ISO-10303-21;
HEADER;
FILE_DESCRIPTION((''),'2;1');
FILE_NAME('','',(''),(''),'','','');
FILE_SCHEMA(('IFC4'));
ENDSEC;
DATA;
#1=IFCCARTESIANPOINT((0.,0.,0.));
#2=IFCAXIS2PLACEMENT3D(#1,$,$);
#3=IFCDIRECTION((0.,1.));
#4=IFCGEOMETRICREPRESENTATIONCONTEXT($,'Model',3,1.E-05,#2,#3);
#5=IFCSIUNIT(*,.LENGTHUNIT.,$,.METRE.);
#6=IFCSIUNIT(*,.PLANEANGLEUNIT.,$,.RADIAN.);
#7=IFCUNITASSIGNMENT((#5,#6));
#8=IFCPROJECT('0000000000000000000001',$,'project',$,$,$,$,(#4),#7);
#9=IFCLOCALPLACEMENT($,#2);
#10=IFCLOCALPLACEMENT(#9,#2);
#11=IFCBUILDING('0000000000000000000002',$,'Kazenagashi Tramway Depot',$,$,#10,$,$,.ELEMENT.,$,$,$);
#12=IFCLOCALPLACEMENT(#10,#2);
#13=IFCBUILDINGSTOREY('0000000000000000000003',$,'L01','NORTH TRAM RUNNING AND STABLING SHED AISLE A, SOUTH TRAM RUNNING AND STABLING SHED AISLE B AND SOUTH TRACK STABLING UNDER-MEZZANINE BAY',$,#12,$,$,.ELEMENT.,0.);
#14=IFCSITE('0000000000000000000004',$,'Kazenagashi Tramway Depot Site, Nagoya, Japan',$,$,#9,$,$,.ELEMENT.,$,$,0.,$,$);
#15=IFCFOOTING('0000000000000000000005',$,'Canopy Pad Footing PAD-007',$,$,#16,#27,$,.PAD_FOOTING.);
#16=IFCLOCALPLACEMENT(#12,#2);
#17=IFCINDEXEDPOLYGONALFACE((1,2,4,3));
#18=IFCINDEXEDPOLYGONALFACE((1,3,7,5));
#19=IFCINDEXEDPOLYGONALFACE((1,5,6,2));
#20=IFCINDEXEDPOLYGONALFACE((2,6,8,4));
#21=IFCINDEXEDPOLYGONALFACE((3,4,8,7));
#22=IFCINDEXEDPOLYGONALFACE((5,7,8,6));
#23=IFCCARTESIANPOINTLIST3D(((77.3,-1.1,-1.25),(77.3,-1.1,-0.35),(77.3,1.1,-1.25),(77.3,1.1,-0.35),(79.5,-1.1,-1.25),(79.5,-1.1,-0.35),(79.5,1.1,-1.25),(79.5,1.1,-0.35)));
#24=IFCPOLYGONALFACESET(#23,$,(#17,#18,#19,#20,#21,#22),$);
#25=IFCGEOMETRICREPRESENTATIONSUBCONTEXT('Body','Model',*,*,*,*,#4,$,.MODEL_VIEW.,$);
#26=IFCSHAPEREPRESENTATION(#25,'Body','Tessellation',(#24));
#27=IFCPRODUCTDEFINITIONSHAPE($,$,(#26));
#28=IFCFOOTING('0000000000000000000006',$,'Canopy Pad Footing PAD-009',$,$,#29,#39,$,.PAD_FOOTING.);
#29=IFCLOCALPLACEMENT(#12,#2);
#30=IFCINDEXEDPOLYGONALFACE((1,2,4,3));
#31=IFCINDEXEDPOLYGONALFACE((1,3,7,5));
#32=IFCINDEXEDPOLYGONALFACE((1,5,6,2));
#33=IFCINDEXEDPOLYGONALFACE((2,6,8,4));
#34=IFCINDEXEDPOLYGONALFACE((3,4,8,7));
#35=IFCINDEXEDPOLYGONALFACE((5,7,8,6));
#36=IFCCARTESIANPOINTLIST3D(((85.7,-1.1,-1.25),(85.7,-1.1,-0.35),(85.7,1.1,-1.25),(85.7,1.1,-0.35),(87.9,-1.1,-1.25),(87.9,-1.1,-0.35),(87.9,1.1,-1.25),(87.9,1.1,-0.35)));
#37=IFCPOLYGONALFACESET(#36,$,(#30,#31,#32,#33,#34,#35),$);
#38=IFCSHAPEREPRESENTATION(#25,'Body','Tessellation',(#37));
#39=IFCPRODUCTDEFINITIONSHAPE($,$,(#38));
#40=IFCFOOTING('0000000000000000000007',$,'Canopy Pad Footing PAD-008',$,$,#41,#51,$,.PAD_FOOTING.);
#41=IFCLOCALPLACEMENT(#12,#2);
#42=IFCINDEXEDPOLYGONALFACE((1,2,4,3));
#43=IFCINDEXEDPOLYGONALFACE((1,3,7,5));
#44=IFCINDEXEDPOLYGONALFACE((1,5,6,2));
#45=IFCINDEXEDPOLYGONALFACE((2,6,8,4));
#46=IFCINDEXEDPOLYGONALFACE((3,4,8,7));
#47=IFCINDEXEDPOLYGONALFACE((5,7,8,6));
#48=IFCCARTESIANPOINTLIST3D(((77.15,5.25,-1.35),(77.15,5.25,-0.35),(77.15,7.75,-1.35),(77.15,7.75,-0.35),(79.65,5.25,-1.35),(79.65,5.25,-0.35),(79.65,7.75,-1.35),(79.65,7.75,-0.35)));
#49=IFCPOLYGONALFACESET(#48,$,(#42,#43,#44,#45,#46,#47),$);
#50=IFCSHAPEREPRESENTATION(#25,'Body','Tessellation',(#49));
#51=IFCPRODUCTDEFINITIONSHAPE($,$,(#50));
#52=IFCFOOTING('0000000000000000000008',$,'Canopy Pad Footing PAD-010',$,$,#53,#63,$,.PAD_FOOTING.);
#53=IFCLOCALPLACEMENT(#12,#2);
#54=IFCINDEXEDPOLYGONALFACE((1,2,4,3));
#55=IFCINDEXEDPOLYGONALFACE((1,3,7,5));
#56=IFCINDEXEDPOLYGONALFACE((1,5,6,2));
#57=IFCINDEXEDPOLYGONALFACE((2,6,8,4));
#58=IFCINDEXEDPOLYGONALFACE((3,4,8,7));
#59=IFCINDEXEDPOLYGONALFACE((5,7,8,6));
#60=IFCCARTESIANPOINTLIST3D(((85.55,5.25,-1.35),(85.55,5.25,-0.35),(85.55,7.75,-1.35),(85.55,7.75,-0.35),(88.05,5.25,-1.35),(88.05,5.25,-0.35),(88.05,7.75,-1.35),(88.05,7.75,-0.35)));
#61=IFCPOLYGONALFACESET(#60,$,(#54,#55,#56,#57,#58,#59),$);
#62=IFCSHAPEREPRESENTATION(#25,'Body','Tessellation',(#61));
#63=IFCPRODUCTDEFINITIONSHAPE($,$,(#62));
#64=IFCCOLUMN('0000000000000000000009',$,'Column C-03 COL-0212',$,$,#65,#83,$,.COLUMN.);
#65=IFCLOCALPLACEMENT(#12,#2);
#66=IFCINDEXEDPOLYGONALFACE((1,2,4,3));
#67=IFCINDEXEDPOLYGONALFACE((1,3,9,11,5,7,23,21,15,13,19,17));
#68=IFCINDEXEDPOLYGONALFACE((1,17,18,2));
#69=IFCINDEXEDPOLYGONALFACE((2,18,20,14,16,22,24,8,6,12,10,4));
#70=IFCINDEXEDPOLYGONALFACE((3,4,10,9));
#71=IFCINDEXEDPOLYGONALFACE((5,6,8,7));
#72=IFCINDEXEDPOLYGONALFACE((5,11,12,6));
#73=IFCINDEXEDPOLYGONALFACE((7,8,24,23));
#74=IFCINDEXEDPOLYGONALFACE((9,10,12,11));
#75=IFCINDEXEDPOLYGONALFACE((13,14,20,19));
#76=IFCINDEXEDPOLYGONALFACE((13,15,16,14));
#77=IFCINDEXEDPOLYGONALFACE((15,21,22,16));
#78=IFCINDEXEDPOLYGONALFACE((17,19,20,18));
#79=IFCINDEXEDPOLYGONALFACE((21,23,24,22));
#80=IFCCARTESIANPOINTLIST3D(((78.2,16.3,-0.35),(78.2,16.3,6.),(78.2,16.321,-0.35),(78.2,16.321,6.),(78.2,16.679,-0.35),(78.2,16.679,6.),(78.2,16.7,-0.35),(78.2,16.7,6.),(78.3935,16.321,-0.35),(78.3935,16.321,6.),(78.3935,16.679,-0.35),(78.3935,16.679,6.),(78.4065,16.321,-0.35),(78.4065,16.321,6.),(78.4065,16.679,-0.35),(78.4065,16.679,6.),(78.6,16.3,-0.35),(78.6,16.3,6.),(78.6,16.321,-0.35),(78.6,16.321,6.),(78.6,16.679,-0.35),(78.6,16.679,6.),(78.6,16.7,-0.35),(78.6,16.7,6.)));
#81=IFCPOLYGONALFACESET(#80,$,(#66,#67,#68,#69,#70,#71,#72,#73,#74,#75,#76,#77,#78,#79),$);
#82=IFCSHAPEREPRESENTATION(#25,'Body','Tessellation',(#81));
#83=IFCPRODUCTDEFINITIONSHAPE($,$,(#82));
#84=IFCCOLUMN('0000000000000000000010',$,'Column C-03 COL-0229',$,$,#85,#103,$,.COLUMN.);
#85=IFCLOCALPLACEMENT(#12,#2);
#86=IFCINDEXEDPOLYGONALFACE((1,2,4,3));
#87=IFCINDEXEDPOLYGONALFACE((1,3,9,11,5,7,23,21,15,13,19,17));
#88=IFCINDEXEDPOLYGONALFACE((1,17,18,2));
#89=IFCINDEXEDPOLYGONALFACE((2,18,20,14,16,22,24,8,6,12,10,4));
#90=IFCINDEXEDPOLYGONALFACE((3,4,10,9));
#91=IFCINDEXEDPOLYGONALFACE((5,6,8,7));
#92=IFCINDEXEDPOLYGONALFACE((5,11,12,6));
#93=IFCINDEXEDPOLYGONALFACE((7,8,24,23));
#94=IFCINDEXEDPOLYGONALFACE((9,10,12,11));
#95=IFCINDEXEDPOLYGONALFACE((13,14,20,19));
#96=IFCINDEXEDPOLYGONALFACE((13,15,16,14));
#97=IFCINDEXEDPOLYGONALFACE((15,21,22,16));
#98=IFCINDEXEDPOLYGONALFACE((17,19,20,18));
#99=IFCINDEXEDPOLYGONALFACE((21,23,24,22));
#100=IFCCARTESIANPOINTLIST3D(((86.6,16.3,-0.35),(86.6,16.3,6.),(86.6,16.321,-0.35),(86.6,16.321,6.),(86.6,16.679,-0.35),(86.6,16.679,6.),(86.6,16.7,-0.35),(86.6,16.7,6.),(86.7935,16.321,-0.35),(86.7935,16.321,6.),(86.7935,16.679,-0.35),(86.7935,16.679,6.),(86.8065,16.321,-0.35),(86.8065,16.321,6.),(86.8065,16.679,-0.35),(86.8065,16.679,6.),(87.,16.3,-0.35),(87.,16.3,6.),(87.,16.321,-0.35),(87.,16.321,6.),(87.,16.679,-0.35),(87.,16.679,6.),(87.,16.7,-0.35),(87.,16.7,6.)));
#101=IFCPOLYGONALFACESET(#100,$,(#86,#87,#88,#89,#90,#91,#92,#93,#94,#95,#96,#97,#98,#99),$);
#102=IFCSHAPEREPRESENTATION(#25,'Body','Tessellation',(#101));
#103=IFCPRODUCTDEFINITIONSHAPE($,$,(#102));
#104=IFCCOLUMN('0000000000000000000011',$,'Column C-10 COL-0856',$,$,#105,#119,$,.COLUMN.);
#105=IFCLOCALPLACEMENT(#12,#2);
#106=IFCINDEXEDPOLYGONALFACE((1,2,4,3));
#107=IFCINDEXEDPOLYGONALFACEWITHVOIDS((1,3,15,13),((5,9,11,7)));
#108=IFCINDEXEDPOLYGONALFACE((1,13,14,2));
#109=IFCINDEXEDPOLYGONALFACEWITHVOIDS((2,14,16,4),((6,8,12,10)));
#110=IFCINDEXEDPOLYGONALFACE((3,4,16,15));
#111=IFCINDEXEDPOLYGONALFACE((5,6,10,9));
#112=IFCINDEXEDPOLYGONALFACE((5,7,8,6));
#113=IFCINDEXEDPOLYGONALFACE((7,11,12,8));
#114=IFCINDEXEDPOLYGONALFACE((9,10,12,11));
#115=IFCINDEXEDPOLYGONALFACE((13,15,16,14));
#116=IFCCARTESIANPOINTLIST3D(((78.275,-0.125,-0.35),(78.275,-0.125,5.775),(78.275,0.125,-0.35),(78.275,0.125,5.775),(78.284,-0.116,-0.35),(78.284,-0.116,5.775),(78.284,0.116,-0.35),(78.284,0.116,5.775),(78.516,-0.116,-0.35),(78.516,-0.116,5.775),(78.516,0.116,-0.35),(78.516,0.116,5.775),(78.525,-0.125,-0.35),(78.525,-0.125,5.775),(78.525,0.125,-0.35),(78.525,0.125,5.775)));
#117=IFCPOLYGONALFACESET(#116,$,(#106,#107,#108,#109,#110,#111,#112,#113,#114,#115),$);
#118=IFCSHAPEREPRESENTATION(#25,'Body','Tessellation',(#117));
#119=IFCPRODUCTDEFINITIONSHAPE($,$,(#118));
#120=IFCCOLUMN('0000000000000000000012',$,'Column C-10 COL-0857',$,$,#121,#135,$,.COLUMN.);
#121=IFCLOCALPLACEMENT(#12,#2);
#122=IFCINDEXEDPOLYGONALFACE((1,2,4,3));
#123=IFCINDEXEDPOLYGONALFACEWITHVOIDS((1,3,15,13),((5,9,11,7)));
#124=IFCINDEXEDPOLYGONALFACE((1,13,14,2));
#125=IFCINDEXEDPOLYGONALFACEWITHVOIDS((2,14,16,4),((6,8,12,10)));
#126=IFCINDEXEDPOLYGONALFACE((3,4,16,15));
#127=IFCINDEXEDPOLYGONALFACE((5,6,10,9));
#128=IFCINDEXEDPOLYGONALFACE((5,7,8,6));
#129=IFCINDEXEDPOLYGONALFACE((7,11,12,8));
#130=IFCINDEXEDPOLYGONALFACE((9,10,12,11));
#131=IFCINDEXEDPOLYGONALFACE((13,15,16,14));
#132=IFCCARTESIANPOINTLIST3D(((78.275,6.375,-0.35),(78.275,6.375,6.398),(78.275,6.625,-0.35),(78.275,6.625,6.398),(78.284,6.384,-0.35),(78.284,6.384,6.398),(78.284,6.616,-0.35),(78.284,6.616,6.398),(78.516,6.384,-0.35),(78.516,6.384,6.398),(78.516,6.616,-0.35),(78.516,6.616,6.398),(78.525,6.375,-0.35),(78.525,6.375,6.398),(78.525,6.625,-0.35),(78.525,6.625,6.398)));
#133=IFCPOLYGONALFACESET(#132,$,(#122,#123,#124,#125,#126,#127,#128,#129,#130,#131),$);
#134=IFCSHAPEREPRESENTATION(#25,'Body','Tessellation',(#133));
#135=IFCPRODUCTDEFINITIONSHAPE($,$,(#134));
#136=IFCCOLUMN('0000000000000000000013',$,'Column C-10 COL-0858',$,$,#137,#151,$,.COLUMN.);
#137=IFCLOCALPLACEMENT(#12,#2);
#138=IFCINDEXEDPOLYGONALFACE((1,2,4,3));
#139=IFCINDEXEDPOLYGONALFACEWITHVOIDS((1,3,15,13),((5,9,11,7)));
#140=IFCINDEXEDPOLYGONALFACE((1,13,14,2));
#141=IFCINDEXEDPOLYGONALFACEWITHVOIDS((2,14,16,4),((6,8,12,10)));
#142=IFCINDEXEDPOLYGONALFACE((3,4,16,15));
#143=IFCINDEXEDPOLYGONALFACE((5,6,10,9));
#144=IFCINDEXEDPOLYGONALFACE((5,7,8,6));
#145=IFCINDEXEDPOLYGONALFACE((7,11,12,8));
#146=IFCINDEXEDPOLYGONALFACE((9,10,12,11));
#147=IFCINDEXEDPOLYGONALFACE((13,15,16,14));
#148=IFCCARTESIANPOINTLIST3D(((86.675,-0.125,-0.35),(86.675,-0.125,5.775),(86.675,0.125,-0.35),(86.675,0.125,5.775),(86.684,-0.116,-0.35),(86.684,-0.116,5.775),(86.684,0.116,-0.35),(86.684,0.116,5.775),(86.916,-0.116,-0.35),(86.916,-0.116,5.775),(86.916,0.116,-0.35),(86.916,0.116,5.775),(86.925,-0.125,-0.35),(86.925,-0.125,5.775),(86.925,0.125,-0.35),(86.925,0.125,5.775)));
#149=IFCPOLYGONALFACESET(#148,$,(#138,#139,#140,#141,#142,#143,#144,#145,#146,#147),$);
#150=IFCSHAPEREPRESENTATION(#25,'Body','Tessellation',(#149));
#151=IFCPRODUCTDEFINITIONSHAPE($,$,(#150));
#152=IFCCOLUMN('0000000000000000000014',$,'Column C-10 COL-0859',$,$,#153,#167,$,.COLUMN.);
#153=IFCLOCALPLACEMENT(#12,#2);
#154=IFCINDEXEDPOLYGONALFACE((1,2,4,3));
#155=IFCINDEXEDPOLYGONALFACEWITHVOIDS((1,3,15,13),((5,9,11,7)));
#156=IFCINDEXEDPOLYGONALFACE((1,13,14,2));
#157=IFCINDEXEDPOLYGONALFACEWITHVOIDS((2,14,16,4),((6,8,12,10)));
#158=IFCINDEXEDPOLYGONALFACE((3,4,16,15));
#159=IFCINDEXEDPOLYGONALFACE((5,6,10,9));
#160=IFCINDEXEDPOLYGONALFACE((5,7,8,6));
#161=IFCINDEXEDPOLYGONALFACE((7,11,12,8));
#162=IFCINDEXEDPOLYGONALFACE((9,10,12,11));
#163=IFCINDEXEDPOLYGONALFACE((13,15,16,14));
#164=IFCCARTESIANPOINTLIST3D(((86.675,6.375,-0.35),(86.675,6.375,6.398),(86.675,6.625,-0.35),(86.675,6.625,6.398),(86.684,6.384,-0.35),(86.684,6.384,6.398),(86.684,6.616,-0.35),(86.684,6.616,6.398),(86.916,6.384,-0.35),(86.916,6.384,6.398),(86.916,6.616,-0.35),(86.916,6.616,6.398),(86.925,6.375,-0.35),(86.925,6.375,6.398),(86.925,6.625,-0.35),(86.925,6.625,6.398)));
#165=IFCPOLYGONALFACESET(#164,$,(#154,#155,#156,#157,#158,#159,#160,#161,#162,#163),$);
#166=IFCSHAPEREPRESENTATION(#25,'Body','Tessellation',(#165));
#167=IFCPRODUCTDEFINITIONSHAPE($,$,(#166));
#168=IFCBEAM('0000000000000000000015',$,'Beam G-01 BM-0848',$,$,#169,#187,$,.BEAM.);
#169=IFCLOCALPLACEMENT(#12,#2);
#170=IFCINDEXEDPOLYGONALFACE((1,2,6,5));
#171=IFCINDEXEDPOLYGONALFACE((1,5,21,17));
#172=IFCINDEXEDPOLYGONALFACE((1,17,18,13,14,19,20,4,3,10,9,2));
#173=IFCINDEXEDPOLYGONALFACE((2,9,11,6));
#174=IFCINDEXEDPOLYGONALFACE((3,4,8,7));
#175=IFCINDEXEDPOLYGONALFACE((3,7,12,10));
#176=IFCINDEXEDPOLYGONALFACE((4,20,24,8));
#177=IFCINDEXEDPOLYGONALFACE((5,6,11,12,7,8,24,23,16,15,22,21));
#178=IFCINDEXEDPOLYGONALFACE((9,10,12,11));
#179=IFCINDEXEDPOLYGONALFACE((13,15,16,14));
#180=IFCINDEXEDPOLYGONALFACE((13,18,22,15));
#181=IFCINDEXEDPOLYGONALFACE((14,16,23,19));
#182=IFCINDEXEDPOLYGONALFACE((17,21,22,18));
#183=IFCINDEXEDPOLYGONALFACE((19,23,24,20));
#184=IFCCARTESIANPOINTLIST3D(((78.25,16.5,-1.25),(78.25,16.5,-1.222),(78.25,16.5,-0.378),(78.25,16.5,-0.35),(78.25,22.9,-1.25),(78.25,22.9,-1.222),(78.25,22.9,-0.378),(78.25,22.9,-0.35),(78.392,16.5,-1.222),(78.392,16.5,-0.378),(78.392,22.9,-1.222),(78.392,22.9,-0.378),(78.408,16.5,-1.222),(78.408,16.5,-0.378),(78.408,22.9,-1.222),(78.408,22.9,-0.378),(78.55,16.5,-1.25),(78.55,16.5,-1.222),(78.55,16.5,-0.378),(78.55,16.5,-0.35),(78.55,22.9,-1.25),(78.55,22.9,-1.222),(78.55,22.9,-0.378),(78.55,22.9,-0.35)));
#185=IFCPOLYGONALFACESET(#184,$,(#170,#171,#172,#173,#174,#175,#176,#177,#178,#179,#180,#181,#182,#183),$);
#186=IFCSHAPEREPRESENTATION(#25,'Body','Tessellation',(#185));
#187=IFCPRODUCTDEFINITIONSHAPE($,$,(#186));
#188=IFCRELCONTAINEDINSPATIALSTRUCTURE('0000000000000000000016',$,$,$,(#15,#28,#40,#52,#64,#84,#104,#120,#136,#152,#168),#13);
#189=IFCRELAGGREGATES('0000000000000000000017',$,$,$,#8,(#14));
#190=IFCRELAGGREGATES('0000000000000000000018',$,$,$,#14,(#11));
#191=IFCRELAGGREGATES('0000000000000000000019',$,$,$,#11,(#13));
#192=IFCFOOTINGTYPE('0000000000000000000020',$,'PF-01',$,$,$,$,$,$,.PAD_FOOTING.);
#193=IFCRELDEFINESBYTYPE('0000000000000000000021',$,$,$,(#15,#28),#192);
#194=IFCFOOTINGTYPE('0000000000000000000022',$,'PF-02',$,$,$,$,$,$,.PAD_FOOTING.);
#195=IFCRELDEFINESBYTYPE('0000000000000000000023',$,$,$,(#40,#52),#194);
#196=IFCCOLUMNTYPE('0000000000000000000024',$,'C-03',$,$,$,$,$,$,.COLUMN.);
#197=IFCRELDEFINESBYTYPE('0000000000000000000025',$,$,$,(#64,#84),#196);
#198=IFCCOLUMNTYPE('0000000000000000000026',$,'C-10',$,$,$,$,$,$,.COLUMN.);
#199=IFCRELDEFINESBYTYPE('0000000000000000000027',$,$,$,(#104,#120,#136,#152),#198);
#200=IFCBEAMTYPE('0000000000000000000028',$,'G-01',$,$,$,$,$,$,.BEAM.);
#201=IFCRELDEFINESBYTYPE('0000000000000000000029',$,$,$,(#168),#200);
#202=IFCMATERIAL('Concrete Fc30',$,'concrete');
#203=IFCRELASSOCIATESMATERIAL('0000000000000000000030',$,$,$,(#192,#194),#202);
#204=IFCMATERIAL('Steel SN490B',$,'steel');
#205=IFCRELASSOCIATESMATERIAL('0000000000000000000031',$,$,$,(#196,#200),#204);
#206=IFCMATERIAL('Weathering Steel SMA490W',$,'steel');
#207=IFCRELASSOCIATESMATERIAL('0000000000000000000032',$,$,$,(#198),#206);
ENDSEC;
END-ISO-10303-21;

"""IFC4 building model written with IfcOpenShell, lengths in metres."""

from ifc_helpers import new_model, si_unit, direction, frame, origin, origin_2d, place, context, subcontext, project, spatial, rectangle, hollow_rectangle, i_section, extrude, material, material_profile, profile_set, type_object, element, save


model = new_model("IFC4")

# Units and contexts
model_context = context("Model", 3, precision=1e-05, world=origin(), true_north=direction((0.0, 1.0)))
body_context = subcontext(model_context, "Body", "Model", "MODEL_VIEW")
ifc_project = project(units=[si_unit("LENGTHUNIT", "METRE"), si_unit("PLANEANGLEUNIT", "RADIAN")], contexts=[model_context])

# Site, building, storey
site_placement = place(None, origin())
site = spatial("IfcSite", under=ifc_project, at=site_placement, Name="Kazenagashi Tramway Depot Site, Nagoya, Japan", CompositionType="ELEMENT", RefElevation=0.0)
building_placement = place(site_placement, origin())
building = spatial("IfcBuilding", under=site, at=building_placement, Name="Kazenagashi Tramway Depot", CompositionType="ELEMENT")
storey_placement = place(building_placement, origin())
storey = spatial("IfcBuildingStorey", under=building, at=storey_placement, Name="L01", Description="NORTH TRAM RUNNING AND STABLING SHED AISLE A, SOUTH TRAM RUNNING AND STABLING SHED AISLE B AND SOUTH TRACK STABLING UNDER-MEZZANINE BAY", CompositionType="ELEMENT", Elevation=0.0)

# Footings
ifc_material_1 = material(Name="Concrete Fc30", Category="concrete")
footing_type_1 = type_object("IfcFootingType", Name="PF-01", PredefinedType="PAD_FOOTING", material=ifc_material_1)
for number, where, z_axis, x_axis, name in (
    (1, (78.4, 0.0, -1.25), (0.0, 0.0, 1.0), (1.0, 0.0, 0.0), "Canopy Pad Footing PAD-007"),
    (2, (86.8, 0.0, -1.25), (0.0, 0.0, 1.0), (1.0, 0.0, 0.0), "Canopy Pad Footing PAD-009"),
):
    element("IfcFooting", number, at=place(storey_placement, frame(where, z_axis=z_axis, x_axis=x_axis)), inside=storey, type_object=footing_type_1, Name=name, PredefinedType="PAD_FOOTING", context=body_context, shape_type="SweptSolid", body=[
        extrude(rectangle(XDim=2.2, YDim=2.2, at=origin_2d()), origin(), (0.0, 0.0, 1.0), 0.9),
    ])
footing_type_2 = type_object("IfcFootingType", Name="PF-02", PredefinedType="PAD_FOOTING", material=ifc_material_1)
for number, where, z_axis, x_axis, name in (
    (3, (78.4, 6.5, -1.35), (0.0, 0.0, 1.0), (1.0, 0.0, 0.0), "Canopy Pad Footing PAD-008"),
    (4, (86.8, 6.5, -1.35), (0.0, 0.0, 1.0), (1.0, 0.0, 0.0), "Canopy Pad Footing PAD-010"),
):
    element("IfcFooting", number, at=place(storey_placement, frame(where, z_axis=z_axis, x_axis=x_axis)), inside=storey, type_object=footing_type_2, Name=name, PredefinedType="PAD_FOOTING", context=body_context, shape_type="SweptSolid", body=[
        extrude(rectangle(XDim=2.5, YDim=2.5, at=origin_2d()), origin(), (0.0, 0.0, 1.0), 1.0),
    ])

# Columns
ifc_material_2 = material(Name="Steel SN490B", Category="steel")
ifc_material_profile_1 = material_profile(ifc_material_2, i_section(OverallWidth=0.4, OverallDepth=0.4, WebThickness=0.013, FlangeThickness=0.021, at=origin_2d()), Name="H-400x400x13x21")
ifc_profile_set_1 = profile_set([ifc_material_profile_1], Name="Steel SN490B")
column_type_1 = type_object("IfcColumnType", Name="C-03", PredefinedType="COLUMN", material=ifc_profile_set_1)
for number, where, z_axis, x_axis, name in (
    (5, (78.4, 16.5, -0.35), (0.0, 0.0, 1.0), (1.0, 0.0, 0.0), "Column C-03 COL-0212"),
    (6, (86.8, 16.5, -0.35), (0.0, 0.0, 1.0), (1.0, 0.0, 0.0), "Column C-03 COL-0229"),
):
    element("IfcColumn", number, at=place(storey_placement, frame(where, z_axis=z_axis, x_axis=x_axis)), inside=storey, type_object=column_type_1, Name=name, PredefinedType="COLUMN", context=body_context, shape_type="SweptSolid", body=[
        extrude(i_section(OverallWidth=0.4, OverallDepth=0.4, WebThickness=0.013, FlangeThickness=0.021, at=origin_2d()), origin(), (0.0, 0.0, 1.0), 6.35),
    ])
ifc_material_3 = material(Name="Weathering Steel SMA490W", Category="steel")
ifc_material_profile_2 = material_profile(ifc_material_3, hollow_rectangle(XDim=0.25, YDim=0.25, WallThickness=0.009, at=origin_2d()), Name="SHS-250x250x9")
ifc_profile_set_2 = profile_set([ifc_material_profile_2], Name="Weathering Steel SMA490W")
column_type_2 = type_object("IfcColumnType", Name="C-10", PredefinedType="COLUMN", material=ifc_profile_set_2)
column_1_placement = place(storey_placement, frame((78.4, 0.0, -0.35), z_axis=(0.0, 0.0, 1.0), x_axis=(1.0, 0.0, 0.0)))
element("IfcColumn", 7, at=column_1_placement, inside=storey, type_object=column_type_2, Name="Column C-10 COL-0856", PredefinedType="COLUMN", context=body_context, shape_type="SweptSolid", body=[
    extrude(hollow_rectangle(XDim=0.25, YDim=0.25, WallThickness=0.009, at=origin_2d()), origin(), (0.0, 0.0, 1.0), 6.125),
])
column_2_placement = place(storey_placement, frame((78.4, 6.5, -0.35), z_axis=(0.0, 0.0, 1.0), x_axis=(1.0, 0.0, 0.0)))
element("IfcColumn", 8, at=column_2_placement, inside=storey, type_object=column_type_2, Name="Column C-10 COL-0857", PredefinedType="COLUMN", context=body_context, shape_type="SweptSolid", body=[
    extrude(hollow_rectangle(XDim=0.25, YDim=0.25, WallThickness=0.009, at=origin_2d()), origin(), (0.0, 0.0, 1.0), 6.748),
])
column_3_placement = place(storey_placement, frame((86.8, 0.0, -0.35), z_axis=(0.0, 0.0, 1.0), x_axis=(1.0, 0.0, 0.0)))
element("IfcColumn", 9, at=column_3_placement, inside=storey, type_object=column_type_2, Name="Column C-10 COL-0858", PredefinedType="COLUMN", context=body_context, shape_type="SweptSolid", body=[
    extrude(hollow_rectangle(XDim=0.25, YDim=0.25, WallThickness=0.009, at=origin_2d()), origin(), (0.0, 0.0, 1.0), 6.125),
])
column_4_placement = place(storey_placement, frame((86.8, 6.5, -0.35), z_axis=(0.0, 0.0, 1.0), x_axis=(1.0, 0.0, 0.0)))
element("IfcColumn", 10, at=column_4_placement, inside=storey, type_object=column_type_2, Name="Column C-10 COL-0859", PredefinedType="COLUMN", context=body_context, shape_type="SweptSolid", body=[
    extrude(hollow_rectangle(XDim=0.25, YDim=0.25, WallThickness=0.009, at=origin_2d()), origin(), (0.0, 0.0, 1.0), 6.748),
])

# Beam
ifc_material_profile_3 = material_profile(ifc_material_2, i_section(OverallWidth=0.3, OverallDepth=0.9, WebThickness=0.016, FlangeThickness=0.028, at=origin_2d()), Name="H-900x300x16x28")
ifc_profile_set_3 = profile_set([ifc_material_profile_3], Name="Steel SN490B")
beam_type_1 = type_object("IfcBeamType", Name="G-01", PredefinedType="BEAM", material=ifc_profile_set_3)
for number, where, z_axis, x_axis, name in (
    (11, (78.4, 16.5, -0.8), (0.0, 1.0, 0.0), (-1.0, 0.0, 0.0), "Beam G-01 BM-0848"),
):
    element("IfcBeam", number, at=place(storey_placement, frame(where, z_axis=z_axis, x_axis=x_axis)), inside=storey, type_object=beam_type_1, Name=name, PredefinedType="BEAM", context=body_context, shape_type="SweptSolid", body=[
        extrude(i_section(OverallWidth=0.3, OverallDepth=0.9, WebThickness=0.016, FlangeThickness=0.028, at=origin_2d()), origin(), (0.0, 0.0, 1.0), 6.4),
    ])

save(model, "model.ifc")
